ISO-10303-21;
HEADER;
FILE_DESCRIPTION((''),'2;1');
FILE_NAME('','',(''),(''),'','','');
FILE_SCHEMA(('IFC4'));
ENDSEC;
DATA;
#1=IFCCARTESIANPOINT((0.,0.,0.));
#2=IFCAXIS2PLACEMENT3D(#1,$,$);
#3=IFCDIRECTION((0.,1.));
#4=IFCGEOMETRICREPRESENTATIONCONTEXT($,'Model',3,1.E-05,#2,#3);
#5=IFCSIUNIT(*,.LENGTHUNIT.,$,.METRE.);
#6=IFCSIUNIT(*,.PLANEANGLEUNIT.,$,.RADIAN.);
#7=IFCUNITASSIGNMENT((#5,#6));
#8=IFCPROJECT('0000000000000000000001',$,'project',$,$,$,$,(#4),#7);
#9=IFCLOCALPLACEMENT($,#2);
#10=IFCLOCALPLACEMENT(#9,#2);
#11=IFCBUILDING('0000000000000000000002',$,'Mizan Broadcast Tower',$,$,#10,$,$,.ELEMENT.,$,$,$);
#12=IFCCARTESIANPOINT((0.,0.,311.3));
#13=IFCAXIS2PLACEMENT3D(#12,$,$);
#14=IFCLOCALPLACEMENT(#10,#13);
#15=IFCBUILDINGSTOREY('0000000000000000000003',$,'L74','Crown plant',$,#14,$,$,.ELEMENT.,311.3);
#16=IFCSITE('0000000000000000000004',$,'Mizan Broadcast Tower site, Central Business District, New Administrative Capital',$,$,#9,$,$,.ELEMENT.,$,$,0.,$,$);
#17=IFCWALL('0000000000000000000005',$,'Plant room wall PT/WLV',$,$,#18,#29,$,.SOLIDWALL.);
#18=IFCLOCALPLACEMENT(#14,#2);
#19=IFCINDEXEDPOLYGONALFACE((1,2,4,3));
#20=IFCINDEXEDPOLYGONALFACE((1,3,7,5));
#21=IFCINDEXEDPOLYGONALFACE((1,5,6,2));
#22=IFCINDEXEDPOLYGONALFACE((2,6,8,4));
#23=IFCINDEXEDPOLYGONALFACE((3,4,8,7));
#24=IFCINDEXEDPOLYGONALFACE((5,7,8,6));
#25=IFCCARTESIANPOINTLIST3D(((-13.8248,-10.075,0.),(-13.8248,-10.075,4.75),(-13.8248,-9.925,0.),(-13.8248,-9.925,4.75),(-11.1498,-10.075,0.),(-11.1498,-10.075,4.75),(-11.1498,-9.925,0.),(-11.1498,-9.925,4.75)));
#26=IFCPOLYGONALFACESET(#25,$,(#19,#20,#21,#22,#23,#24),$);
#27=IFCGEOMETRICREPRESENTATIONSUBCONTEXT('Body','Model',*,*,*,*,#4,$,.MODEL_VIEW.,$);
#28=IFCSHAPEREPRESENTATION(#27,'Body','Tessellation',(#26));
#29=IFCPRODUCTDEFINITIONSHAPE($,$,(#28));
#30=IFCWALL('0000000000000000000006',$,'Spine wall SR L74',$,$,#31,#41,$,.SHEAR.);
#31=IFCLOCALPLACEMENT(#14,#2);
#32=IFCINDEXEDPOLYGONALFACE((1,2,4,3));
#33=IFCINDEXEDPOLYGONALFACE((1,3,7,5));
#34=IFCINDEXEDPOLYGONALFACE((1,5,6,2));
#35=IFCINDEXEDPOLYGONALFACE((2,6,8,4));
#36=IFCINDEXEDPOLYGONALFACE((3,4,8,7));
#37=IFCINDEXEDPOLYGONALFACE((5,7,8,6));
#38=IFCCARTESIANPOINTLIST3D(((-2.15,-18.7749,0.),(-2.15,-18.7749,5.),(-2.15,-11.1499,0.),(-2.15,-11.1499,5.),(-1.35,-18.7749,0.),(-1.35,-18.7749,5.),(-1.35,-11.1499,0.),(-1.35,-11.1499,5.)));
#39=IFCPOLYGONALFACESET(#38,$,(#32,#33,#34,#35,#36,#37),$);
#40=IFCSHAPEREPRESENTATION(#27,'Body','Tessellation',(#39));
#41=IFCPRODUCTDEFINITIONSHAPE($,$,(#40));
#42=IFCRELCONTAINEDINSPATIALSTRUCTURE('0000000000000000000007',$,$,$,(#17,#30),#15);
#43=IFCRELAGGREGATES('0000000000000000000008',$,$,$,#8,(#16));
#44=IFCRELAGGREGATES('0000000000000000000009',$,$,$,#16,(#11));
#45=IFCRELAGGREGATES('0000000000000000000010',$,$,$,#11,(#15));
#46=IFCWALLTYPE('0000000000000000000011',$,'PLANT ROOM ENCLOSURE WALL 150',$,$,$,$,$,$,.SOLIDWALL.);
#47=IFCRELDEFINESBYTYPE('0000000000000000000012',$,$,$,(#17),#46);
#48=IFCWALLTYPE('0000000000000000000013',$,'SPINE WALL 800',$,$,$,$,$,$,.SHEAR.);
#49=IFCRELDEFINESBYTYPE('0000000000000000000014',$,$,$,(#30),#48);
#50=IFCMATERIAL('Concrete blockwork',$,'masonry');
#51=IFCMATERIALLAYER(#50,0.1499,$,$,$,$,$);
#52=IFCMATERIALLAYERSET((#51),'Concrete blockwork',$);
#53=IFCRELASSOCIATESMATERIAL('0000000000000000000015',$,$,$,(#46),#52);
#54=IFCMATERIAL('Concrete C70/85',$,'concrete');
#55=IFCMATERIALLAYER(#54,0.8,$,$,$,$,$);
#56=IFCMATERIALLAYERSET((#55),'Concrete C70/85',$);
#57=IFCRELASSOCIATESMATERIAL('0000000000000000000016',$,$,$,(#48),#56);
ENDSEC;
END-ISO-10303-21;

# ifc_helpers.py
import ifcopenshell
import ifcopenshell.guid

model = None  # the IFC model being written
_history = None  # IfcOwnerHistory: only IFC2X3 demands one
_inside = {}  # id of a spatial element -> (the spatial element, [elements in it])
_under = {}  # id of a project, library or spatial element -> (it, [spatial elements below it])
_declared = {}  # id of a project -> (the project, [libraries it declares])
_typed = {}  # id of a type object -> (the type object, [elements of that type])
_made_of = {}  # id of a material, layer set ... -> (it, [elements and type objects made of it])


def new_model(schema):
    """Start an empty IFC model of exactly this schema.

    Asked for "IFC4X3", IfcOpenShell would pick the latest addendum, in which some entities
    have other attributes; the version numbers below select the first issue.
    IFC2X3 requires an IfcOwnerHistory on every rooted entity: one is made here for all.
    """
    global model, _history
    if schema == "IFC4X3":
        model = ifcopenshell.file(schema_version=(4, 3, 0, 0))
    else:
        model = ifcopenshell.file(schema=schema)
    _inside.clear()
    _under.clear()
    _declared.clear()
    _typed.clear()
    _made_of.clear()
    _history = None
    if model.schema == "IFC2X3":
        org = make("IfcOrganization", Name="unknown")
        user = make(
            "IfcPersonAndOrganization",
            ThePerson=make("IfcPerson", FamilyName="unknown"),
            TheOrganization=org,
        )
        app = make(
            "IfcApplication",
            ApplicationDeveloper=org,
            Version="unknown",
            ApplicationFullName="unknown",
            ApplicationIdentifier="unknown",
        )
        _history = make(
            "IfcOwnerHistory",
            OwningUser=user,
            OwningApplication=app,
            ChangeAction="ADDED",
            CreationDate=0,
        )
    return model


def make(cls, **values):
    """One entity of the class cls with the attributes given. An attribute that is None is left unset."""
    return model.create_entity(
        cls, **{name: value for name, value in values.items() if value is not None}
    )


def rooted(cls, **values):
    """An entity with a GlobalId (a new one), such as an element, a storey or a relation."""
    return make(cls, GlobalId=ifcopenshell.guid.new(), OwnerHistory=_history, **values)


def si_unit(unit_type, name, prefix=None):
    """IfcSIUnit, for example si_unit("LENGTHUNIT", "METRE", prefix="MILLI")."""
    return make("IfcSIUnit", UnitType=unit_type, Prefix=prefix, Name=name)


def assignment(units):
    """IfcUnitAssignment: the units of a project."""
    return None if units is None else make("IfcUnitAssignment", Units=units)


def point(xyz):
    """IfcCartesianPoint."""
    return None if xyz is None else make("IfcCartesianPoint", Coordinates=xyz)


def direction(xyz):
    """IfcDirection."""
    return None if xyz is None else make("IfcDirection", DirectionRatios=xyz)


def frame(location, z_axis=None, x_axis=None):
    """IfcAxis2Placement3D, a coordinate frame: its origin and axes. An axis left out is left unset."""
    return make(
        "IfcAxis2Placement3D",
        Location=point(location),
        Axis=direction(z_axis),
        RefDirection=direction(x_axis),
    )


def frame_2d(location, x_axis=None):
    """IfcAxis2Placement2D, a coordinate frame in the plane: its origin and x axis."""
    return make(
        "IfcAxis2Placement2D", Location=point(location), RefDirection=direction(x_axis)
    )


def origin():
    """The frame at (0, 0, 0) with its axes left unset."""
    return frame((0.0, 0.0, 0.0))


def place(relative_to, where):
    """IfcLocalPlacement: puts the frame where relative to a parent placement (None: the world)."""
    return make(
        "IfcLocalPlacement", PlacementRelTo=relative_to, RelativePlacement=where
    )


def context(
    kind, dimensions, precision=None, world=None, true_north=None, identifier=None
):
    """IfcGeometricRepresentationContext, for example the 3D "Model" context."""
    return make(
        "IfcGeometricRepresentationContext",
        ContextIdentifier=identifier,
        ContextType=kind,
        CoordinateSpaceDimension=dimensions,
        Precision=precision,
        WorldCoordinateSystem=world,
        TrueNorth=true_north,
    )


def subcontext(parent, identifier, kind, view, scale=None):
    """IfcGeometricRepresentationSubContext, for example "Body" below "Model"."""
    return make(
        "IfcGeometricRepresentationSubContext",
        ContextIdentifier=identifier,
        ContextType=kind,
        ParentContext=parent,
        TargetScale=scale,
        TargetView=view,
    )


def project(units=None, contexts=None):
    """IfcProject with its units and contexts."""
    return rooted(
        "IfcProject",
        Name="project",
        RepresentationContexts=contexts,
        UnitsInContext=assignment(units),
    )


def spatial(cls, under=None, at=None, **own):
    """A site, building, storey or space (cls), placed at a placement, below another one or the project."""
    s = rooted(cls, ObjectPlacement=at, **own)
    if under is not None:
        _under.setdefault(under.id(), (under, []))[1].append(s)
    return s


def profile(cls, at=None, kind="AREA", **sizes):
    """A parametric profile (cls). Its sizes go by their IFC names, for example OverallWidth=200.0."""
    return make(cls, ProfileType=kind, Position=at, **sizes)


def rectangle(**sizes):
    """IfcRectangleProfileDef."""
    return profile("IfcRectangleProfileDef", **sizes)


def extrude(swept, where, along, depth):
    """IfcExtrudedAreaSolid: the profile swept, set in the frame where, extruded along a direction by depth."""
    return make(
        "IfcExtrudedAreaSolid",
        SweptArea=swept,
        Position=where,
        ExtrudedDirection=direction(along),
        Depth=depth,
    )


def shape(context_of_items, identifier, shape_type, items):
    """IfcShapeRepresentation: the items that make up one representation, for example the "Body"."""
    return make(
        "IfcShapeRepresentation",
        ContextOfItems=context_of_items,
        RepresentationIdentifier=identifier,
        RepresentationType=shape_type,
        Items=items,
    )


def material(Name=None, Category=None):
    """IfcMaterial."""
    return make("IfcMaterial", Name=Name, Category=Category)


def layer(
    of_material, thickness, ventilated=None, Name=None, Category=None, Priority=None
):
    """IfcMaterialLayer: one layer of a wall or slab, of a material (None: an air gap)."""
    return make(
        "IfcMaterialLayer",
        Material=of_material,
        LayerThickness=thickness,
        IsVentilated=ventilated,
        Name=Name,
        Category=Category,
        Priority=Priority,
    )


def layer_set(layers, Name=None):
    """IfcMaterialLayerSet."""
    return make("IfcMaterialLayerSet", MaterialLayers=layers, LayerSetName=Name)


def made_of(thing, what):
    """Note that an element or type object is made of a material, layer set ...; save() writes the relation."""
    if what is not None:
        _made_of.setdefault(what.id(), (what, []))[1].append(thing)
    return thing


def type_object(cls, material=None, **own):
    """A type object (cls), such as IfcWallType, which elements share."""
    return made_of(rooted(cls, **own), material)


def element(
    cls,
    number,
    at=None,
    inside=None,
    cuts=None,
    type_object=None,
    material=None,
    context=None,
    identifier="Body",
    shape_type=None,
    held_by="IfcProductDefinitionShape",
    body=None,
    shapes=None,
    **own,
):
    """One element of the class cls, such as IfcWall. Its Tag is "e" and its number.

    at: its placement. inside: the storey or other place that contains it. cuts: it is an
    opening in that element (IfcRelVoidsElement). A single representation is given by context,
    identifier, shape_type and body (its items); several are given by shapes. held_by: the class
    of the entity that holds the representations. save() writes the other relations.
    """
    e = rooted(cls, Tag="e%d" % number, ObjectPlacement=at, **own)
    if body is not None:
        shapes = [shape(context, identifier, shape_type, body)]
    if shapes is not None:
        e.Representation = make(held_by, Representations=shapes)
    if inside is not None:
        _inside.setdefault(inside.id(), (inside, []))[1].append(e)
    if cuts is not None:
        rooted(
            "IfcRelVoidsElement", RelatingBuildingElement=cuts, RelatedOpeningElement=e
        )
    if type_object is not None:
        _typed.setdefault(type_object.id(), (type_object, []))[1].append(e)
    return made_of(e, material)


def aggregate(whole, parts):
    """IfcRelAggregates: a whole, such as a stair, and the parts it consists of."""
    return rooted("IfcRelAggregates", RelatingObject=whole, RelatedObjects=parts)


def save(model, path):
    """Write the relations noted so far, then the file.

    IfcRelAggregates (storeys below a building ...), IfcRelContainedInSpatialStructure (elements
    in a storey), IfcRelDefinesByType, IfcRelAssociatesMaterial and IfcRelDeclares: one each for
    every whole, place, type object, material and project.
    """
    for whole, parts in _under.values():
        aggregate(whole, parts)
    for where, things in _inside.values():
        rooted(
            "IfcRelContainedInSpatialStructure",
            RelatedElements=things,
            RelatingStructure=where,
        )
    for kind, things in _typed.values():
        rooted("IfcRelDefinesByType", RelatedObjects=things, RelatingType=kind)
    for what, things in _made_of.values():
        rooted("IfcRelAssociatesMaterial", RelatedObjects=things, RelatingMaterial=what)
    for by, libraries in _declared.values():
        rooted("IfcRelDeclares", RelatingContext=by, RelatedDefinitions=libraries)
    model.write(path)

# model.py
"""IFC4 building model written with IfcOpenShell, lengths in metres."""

from ifc_helpers import new_model, si_unit, direction, frame, frame_2d, origin, place, context, subcontext, project, spatial, rectangle, extrude, material, layer, layer_set, type_object, element, save


model = new_model("IFC4")

# Units and contexts
model_context = context("Model", 3, precision=1e-05, world=origin(), true_north=direction((0.0, 1.0)))
body_context = subcontext(model_context, "Body", "Model", "MODEL_VIEW")
ifc_project = project(units=[si_unit("LENGTHUNIT", "METRE"), si_unit("PLANEANGLEUNIT", "RADIAN")], contexts=[model_context])

# Site, building, storey
site_placement = place(None, origin())
site = spatial("IfcSite", under=ifc_project, at=site_placement, Name="Mizan Broadcast Tower site, Central Business District, New Administrative Capital", CompositionType="ELEMENT", RefElevation=0.0)
building_placement = place(site_placement, origin())
building = spatial("IfcBuilding", under=site, at=building_placement, Name="Mizan Broadcast Tower", CompositionType="ELEMENT")
storey_placement = place(building_placement, frame((0.0, 0.0, 311.3)))
storey = spatial("IfcBuildingStorey", under=building, at=storey_placement, Name="L74", Description="Crown plant", CompositionType="ELEMENT", Elevation=311.3)

# Walls
ifc_material_1 = material(Name="Concrete blockwork", Category="masonry")
ifc_layer_1 = layer(ifc_material_1, 0.1499)
ifc_layer_set_1 = layer_set([ifc_layer_1], Name="Concrete blockwork")
wall_type_1 = type_object("IfcWallType", Name="PLANT ROOM ENCLOSURE WALL 150", PredefinedType="SOLIDWALL", material=ifc_layer_set_1)
wall_1_placement = place(storey_placement, frame((-11.1499, -10.0, 0.0), z_axis=(0.0, 0.0, 1.0), x_axis=(-1.0, 0.0, 0.0)))
element("IfcWall", 1, at=wall_1_placement, inside=storey, type_object=wall_type_1, Name="Plant room wall PT/WLV", PredefinedType="SOLIDWALL", context=body_context, shape_type="SweptSolid", body=[
    extrude(rectangle(XDim=2.675, YDim=0.1499, at=frame_2d((1.3374, 0.0))), origin(), (0.0, 0.0, 1.0), 4.75),
])
ifc_material_2 = material(Name="Concrete C70/85", Category="concrete")
ifc_layer_2 = layer(ifc_material_2, 0.8)
ifc_layer_set_2 = layer_set([ifc_layer_2], Name="Concrete C70/85")
wall_type_2 = type_object("IfcWallType", Name="SPINE WALL 800", PredefinedType="SHEAR", material=ifc_layer_set_2)
wall_2_placement = place(storey_placement, frame((-1.75, -11.1499, 0.0), z_axis=(0.0, 0.0, 1.0), x_axis=(0.0, -1.0, 0.0)))
element("IfcWall", 2, at=wall_2_placement, inside=storey, type_object=wall_type_2, Name="Spine wall SR L74", PredefinedType="SHEAR", context=body_context, shape_type="SweptSolid", body=[
    extrude(rectangle(XDim=7.625, YDim=0.8, at=frame_2d((3.8125, 0.0))), origin(), (0.0, 0.0, 1.0), 5.0),
])

save(model, "model.ifc")
